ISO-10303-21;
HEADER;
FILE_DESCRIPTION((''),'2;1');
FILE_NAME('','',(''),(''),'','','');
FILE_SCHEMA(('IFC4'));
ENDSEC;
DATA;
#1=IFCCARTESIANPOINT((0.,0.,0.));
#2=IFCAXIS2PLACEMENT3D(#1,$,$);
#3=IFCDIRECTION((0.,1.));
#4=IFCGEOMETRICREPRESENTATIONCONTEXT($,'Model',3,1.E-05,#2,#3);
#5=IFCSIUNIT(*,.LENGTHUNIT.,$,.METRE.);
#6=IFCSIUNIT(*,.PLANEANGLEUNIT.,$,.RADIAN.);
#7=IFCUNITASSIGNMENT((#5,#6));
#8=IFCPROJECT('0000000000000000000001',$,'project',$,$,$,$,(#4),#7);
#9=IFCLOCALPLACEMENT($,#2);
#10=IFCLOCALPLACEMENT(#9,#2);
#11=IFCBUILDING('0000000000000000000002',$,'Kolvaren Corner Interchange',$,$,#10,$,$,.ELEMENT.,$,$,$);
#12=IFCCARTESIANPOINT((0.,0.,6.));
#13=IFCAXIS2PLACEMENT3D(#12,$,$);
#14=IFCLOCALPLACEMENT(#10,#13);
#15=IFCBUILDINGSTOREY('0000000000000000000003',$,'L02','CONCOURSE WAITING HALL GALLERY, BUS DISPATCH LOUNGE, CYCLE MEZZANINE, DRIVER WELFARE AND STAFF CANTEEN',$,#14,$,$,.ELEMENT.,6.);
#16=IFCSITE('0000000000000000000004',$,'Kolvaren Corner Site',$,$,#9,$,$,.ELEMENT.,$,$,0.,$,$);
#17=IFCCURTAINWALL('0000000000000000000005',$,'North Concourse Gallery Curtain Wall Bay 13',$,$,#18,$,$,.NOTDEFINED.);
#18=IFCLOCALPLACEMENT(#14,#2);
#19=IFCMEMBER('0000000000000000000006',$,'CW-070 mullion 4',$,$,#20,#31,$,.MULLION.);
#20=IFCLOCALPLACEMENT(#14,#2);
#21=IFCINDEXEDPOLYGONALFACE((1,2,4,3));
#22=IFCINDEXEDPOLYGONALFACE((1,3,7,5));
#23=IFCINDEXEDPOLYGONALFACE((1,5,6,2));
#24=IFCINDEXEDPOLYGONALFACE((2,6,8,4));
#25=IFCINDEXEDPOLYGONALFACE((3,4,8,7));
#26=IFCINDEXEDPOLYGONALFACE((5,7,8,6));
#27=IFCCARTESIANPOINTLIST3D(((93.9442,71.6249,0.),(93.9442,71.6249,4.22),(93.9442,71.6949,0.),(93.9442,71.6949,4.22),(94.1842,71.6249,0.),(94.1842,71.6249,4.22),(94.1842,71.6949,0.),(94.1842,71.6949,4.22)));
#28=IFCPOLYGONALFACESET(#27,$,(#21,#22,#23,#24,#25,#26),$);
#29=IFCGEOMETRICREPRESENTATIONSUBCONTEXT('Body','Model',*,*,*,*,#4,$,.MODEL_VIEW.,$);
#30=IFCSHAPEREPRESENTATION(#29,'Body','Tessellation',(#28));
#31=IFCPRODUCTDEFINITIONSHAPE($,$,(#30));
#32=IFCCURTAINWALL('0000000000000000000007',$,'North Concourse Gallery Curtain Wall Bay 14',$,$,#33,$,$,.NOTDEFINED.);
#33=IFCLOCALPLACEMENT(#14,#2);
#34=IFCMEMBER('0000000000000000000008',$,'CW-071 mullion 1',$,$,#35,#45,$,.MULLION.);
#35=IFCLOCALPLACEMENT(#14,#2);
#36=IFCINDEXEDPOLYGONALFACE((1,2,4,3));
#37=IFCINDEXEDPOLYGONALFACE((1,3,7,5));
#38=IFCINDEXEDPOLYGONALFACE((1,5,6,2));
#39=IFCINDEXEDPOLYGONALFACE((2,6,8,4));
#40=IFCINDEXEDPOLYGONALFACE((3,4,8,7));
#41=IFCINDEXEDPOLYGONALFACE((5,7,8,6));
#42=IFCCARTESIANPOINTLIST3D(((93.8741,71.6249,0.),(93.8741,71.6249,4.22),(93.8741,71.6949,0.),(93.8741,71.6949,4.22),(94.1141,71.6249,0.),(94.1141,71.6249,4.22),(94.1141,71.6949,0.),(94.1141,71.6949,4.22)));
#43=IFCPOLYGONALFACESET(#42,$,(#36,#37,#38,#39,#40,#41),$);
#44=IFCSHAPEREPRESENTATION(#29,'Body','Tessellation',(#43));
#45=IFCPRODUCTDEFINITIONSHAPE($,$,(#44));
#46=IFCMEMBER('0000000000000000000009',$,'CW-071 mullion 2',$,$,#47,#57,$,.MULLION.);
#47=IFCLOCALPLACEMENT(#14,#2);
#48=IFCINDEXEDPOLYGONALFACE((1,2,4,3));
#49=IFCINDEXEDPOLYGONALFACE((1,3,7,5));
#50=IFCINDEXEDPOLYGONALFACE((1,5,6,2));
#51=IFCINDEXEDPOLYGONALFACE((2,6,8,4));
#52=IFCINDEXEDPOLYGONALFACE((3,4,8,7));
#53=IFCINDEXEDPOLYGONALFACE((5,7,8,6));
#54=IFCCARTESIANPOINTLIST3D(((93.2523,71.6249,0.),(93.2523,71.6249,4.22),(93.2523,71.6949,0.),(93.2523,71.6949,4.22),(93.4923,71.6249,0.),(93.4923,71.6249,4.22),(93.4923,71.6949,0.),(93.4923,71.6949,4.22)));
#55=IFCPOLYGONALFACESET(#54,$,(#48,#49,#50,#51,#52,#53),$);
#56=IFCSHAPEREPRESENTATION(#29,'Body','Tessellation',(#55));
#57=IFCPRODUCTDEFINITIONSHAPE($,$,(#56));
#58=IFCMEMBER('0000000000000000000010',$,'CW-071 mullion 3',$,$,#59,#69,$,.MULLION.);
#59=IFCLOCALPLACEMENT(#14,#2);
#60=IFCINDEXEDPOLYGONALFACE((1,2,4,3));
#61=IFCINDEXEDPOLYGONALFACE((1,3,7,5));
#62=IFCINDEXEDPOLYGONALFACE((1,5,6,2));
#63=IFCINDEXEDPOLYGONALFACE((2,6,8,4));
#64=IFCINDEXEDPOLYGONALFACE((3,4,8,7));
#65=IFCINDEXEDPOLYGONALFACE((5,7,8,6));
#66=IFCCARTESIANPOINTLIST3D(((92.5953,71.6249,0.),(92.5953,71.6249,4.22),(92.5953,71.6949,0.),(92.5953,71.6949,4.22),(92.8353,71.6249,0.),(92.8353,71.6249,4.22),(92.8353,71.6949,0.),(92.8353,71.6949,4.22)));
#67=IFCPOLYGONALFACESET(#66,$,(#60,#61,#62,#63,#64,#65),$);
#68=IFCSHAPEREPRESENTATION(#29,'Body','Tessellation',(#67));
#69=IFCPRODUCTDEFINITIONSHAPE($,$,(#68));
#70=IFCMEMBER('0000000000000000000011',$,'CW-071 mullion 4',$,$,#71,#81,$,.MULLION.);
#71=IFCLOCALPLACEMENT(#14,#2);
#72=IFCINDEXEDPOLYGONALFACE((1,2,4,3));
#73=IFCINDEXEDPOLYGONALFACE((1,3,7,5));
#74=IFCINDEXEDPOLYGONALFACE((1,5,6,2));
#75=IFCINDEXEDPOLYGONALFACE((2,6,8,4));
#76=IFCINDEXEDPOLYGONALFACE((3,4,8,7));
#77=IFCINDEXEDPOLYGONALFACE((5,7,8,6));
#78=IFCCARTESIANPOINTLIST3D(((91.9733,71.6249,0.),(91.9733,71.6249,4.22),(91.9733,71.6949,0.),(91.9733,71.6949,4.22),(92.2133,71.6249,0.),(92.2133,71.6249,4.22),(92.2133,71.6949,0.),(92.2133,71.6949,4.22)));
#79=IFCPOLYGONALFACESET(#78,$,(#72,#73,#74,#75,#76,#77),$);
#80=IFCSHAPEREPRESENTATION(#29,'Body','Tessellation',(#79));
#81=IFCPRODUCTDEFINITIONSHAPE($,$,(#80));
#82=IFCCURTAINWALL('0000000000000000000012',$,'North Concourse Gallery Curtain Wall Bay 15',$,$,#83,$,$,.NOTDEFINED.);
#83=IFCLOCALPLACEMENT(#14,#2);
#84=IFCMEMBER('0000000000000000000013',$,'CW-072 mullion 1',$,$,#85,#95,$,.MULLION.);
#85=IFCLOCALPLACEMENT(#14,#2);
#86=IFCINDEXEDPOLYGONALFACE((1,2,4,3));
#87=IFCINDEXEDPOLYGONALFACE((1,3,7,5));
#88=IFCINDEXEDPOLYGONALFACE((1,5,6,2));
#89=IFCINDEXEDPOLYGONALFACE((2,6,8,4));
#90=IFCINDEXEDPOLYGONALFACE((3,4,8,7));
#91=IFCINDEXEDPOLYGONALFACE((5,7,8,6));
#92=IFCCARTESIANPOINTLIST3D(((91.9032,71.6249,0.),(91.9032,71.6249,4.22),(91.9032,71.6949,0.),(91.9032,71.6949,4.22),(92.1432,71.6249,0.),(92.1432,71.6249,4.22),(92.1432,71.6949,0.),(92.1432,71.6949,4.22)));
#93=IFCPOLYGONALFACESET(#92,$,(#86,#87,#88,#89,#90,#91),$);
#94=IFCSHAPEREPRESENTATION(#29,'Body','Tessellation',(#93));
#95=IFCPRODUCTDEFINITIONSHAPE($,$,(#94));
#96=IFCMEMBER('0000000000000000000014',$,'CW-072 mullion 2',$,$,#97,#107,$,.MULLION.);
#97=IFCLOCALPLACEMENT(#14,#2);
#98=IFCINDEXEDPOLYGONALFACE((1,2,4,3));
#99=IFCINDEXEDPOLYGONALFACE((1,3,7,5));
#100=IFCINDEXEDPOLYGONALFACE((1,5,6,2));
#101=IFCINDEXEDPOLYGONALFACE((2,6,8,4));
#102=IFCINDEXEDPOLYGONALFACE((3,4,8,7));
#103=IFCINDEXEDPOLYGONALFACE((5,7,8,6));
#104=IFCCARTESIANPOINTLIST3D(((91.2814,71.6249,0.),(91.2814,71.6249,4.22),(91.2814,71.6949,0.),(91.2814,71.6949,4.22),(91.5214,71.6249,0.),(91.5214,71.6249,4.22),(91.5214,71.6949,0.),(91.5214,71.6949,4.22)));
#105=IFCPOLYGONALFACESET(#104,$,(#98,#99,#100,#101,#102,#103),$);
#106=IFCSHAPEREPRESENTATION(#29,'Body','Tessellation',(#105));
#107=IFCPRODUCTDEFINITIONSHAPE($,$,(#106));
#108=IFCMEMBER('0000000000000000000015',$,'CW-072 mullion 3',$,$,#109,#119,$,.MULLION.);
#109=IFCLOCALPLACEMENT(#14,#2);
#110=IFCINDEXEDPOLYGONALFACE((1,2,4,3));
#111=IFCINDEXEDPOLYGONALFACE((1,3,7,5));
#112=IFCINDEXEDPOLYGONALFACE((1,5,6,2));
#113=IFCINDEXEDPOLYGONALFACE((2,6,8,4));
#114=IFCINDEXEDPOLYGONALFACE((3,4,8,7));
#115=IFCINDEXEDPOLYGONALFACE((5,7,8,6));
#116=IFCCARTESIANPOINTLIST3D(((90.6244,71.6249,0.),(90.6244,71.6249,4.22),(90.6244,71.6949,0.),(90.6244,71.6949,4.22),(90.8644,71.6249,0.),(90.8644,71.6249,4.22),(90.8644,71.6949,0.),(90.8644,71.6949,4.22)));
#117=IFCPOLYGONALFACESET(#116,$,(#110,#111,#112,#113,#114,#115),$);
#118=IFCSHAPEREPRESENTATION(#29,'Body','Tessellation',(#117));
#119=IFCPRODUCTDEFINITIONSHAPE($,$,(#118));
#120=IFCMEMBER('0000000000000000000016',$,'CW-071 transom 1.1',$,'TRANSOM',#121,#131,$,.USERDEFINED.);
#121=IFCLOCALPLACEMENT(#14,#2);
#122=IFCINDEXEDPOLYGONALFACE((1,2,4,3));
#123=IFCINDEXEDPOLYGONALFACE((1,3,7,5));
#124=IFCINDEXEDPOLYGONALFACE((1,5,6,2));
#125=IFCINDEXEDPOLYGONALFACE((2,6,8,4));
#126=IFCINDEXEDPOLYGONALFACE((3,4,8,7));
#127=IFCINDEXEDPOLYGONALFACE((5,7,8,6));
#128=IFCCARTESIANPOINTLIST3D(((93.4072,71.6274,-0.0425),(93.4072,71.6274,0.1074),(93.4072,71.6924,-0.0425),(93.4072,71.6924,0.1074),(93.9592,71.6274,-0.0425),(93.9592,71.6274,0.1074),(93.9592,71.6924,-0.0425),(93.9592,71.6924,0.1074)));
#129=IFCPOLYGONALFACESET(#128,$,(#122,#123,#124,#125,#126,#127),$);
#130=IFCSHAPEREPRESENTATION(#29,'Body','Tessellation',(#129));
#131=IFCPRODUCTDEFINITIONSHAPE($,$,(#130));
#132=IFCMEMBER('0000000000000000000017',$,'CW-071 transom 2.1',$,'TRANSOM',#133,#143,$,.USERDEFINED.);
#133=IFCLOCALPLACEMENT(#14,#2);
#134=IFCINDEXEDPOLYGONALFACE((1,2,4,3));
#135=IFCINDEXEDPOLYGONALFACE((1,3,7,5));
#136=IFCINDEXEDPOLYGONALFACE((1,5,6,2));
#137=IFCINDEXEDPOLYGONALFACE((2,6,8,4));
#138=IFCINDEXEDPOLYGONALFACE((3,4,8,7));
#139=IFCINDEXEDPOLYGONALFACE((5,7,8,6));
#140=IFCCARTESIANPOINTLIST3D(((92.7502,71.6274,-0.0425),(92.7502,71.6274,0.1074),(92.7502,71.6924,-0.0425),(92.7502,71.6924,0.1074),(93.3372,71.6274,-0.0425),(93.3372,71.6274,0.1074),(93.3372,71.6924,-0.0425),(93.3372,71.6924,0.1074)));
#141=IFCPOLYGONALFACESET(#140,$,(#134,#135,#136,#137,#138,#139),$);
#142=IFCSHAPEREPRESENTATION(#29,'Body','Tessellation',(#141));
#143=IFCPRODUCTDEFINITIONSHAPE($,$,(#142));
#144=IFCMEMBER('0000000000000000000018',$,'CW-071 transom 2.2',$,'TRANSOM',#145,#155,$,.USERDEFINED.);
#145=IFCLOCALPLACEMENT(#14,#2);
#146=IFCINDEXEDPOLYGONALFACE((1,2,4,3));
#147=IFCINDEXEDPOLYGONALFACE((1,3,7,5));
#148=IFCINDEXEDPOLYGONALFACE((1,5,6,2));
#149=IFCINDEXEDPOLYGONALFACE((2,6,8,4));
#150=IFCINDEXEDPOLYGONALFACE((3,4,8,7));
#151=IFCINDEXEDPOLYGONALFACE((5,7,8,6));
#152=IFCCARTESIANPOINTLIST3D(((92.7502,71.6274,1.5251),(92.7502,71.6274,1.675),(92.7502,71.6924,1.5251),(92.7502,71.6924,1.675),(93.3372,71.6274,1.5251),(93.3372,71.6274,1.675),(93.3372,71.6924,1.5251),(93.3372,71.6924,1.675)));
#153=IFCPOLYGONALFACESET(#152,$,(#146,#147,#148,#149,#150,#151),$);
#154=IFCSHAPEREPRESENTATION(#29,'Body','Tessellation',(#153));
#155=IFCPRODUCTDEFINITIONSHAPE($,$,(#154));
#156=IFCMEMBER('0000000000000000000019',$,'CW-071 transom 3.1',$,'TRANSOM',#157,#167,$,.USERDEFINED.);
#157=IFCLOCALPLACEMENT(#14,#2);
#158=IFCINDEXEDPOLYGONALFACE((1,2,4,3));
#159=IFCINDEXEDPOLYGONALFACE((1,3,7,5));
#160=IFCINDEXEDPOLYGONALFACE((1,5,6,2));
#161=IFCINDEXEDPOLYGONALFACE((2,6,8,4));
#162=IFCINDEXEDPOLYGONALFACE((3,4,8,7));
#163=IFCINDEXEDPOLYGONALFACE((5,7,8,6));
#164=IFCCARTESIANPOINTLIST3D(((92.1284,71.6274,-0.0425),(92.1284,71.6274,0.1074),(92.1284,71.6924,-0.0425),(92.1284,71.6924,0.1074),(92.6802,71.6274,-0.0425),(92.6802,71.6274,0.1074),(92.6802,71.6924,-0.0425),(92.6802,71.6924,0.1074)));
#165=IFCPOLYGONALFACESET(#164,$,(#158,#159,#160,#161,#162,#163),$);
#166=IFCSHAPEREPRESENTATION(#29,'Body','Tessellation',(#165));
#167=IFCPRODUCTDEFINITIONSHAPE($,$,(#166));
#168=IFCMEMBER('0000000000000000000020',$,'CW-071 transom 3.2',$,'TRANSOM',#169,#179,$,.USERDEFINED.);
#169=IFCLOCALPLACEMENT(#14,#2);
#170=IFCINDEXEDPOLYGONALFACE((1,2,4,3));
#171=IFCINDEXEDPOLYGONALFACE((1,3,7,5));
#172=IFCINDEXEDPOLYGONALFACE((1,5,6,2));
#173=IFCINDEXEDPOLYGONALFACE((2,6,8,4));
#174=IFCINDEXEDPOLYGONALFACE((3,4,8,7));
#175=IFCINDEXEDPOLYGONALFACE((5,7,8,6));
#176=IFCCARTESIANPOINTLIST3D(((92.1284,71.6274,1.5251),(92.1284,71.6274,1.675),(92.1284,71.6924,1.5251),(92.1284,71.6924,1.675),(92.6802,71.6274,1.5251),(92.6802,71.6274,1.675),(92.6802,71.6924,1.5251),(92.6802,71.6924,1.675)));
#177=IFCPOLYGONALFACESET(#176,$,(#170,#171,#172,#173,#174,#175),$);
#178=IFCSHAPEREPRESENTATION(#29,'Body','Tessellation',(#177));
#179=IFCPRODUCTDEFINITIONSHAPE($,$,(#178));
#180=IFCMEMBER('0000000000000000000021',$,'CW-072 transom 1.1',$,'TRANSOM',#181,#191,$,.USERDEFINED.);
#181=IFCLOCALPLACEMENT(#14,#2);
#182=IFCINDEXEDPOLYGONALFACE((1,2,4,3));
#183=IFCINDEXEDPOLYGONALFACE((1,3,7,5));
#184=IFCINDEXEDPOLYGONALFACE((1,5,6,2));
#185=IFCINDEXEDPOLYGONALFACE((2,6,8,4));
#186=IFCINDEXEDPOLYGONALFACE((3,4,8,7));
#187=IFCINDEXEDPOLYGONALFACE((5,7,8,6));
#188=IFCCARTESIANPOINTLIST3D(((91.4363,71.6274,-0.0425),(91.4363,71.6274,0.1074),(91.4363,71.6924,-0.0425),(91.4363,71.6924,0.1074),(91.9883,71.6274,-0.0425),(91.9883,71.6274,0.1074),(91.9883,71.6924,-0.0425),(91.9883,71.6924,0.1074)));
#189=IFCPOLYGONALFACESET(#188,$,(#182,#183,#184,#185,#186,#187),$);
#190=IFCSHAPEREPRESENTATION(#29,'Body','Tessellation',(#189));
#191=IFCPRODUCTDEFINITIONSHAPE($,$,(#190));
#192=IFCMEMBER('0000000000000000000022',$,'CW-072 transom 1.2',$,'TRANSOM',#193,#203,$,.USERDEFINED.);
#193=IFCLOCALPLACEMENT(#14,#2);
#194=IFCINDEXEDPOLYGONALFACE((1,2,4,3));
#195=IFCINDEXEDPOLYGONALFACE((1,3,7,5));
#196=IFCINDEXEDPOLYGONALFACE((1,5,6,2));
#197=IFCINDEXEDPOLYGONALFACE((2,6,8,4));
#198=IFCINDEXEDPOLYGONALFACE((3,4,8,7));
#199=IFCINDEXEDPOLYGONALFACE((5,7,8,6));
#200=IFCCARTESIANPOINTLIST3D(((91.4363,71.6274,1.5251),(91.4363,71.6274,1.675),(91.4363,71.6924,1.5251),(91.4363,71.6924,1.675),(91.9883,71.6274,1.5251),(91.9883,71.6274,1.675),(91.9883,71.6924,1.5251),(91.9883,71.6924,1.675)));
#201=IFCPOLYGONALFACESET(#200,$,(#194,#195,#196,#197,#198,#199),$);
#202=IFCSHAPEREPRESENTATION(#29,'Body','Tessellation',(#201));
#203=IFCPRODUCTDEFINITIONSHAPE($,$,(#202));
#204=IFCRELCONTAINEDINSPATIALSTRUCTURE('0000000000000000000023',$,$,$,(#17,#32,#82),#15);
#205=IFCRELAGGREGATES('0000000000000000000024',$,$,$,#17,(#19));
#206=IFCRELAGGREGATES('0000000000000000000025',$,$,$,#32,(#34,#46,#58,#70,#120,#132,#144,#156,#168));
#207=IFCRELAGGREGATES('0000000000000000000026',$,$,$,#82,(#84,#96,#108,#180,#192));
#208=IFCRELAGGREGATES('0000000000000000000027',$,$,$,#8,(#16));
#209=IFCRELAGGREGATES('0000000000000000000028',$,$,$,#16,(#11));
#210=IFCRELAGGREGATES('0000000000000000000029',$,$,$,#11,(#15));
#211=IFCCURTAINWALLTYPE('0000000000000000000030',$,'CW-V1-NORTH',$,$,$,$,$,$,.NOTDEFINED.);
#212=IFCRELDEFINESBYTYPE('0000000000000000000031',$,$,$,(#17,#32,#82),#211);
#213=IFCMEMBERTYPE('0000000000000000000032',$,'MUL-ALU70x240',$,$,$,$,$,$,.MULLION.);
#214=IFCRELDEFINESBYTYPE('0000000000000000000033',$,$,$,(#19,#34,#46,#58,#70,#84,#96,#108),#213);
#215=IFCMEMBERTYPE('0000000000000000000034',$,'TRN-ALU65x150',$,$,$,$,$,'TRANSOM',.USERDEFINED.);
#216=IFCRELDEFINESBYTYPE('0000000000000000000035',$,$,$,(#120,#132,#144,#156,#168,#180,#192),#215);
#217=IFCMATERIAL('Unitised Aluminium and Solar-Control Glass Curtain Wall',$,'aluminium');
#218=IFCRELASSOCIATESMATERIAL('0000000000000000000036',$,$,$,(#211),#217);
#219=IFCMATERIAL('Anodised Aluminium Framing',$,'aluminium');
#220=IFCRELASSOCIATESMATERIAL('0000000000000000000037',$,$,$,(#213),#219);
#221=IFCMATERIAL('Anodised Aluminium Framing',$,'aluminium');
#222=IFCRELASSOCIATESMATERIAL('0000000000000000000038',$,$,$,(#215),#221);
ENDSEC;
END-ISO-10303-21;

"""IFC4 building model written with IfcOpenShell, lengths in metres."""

from ifc_helpers import new_model, si_unit, direction, frame, origin, origin_2d, place, context, subcontext, project, spatial, rectangle, extrude, material, material_profile, profile_set, type_object, element, aggregate, save


model = new_model("IFC4")

# Units and contexts
model_context = context("Model", 3, precision=1e-05, world=origin(), true_north=direction((0.0, 1.0)))
body_context = subcontext(model_context, "Body", "Model", "MODEL_VIEW")
ifc_project = project(units=[si_unit("LENGTHUNIT", "METRE"), si_unit("PLANEANGLEUNIT", "RADIAN")], contexts=[model_context])

# Site, building, storey
site_placement = place(None, origin())
site = spatial("IfcSite", under=ifc_project, at=site_placement, Name="Kolvaren Corner Site", CompositionType="ELEMENT", RefElevation=0.0)
building_placement = place(site_placement, origin())
building = spatial("IfcBuilding", under=site, at=building_placement, Name="Kolvaren Corner Interchange", CompositionType="ELEMENT")
storey_placement = place(building_placement, frame((0.0, 0.0, 6.0)))
storey = spatial("IfcBuildingStorey", under=building, at=storey_placement, Name="L02", Description="CONCOURSE WAITING HALL GALLERY, BUS DISPATCH LOUNGE, CYCLE MEZZANINE, DRIVER WELFARE AND STAFF CANTEEN", CompositionType="ELEMENT", Elevation=6.0)

# Curtain wall, member
ifc_material_1 = material(Name="Unitised Aluminium and Solar-Control Glass Curtain Wall", Category="aluminium")
curtain_wall_type = type_object("IfcCurtainWallType", Name="CW-V1-NORTH", PredefinedType="NOTDEFINED", material=ifc_material_1)
curtain_wall_1_placement = place(storey_placement, origin())
curtain_wall_1 = element("IfcCurtainWall", 1, at=curtain_wall_1_placement, inside=storey, type_object=curtain_wall_type, Name="North Concourse Gallery Curtain Wall Bay 13", PredefinedType="NOTDEFINED")
ifc_material_2 = material(Name="Anodised Aluminium Framing", Category="aluminium")
ifc_material_profile_1 = material_profile(ifc_material_2, rectangle(XDim=0.0701, YDim=0.24, at=origin_2d()), Name="ALU 70x240")
ifc_profile_set_1 = profile_set([ifc_material_profile_1], Name="Anodised Aluminium Framing")
member_type_1 = type_object("IfcMemberType", Name="MUL-ALU70x240", PredefinedType="MULLION", material=ifc_profile_set_1)
member_1_placement = place(storey_placement, frame((94.0642, 71.6599, 0.0), z_axis=(0.0, 0.0, 1.0), x_axis=(0.0, -1.0, 0.0)))
member_1 = element("IfcMember", 2, at=member_1_placement, type_object=member_type_1, Name="CW-070 mullion 4", PredefinedType="MULLION", context=body_context, shape_type="SweptSolid", body=[
    extrude(rectangle(XDim=0.0701, YDim=0.24, at=origin_2d()), origin(), (0.0, 0.0, 1.0), 4.22),
])

# Curtain walls, members
curtain_wall_2_placement = place(storey_placement, origin())
curtain_wall_2 = element("IfcCurtainWall", 3, at=curtain_wall_2_placement, inside=storey, type_object=curtain_wall_type, Name="North Concourse Gallery Curtain Wall Bay 14", PredefinedType="NOTDEFINED")
member_2_placement = place(storey_placement, frame((93.9941, 71.6599, 0.0), z_axis=(0.0, 0.0, 1.0), x_axis=(0.0, -1.0, 0.0)))
member_2 = element("IfcMember", 4, at=member_2_placement, type_object=member_type_1, Name="CW-071 mullion 1", PredefinedType="MULLION", context=body_context, shape_type="SweptSolid", body=[
    extrude(rectangle(XDim=0.0701, YDim=0.24, at=origin_2d()), origin(), (0.0, 0.0, 1.0), 4.22),
])
member_3_placement = place(storey_placement, frame((93.3723, 71.6599, 0.0), z_axis=(0.0, 0.0, 1.0), x_axis=(0.0, -1.0, 0.0)))
member_3 = element("IfcMember", 5, at=member_3_placement, type_object=member_type_1, Name="CW-071 mullion 2", PredefinedType="MULLION", context=body_context, shape_type="SweptSolid", body=[
    extrude(rectangle(XDim=0.0701, YDim=0.24, at=origin_2d()), origin(), (0.0, 0.0, 1.0), 4.22),
])
member_4_placement = place(storey_placement, frame((92.7153, 71.6599, 0.0), z_axis=(0.0, 0.0, 1.0), x_axis=(0.0, -1.0, 0.0)))
member_4 = element("IfcMember", 6, at=member_4_placement, type_object=member_type_1, Name="CW-071 mullion 3", PredefinedType="MULLION", context=body_context, shape_type="SweptSolid", body=[
    extrude(rectangle(XDim=0.0701, YDim=0.24, at=origin_2d()), origin(), (0.0, 0.0, 1.0), 4.22),
])
member_5_placement = place(storey_placement, frame((92.0933, 71.6599, 0.0), z_axis=(0.0, 0.0, 1.0), x_axis=(0.0, -1.0, 0.0)))
member_5 = element("IfcMember", 7, at=member_5_placement, type_object=member_type_1, Name="CW-071 mullion 4", PredefinedType="MULLION", context=body_context, shape_type="SweptSolid", body=[
    extrude(rectangle(XDim=0.0701, YDim=0.24, at=origin_2d()), origin(), (0.0, 0.0, 1.0), 4.22),
])
curtain_wall_3_placement = place(storey_placement, origin())
curtain_wall_3 = element("IfcCurtainWall", 8, at=curtain_wall_3_placement, inside=storey, type_object=curtain_wall_type, Name="North Concourse Gallery Curtain Wall Bay 15", PredefinedType="NOTDEFINED")
member_6_placement = place(storey_placement, frame((92.0232, 71.6599, 0.0), z_axis=(0.0, 0.0, 1.0), x_axis=(0.0, -1.0, 0.0)))
member_6 = element("IfcMember", 9, at=member_6_placement, type_object=member_type_1, Name="CW-072 mullion 1", PredefinedType="MULLION", context=body_context, shape_type="SweptSolid", body=[
    extrude(rectangle(XDim=0.0701, YDim=0.24, at=origin_2d()), origin(), (0.0, 0.0, 1.0), 4.22),
])
member_7_placement = place(storey_placement, frame((91.4014, 71.6599, 0.0), z_axis=(0.0, 0.0, 1.0), x_axis=(0.0, -1.0, 0.0)))
member_7 = element("IfcMember", 10, at=member_7_placement, type_object=member_type_1, Name="CW-072 mullion 2", PredefinedType="MULLION", context=body_context, shape_type="SweptSolid", body=[
    extrude(rectangle(XDim=0.0701, YDim=0.24, at=origin_2d()), origin(), (0.0, 0.0, 1.0), 4.22),
])
member_8_placement = place(storey_placement, frame((90.7444, 71.6599, 0.0), z_axis=(0.0, 0.0, 1.0), x_axis=(0.0, -1.0, 0.0)))
member_8 = element("IfcMember", 11, at=member_8_placement, type_object=member_type_1, Name="CW-072 mullion 3", PredefinedType="MULLION", context=body_context, shape_type="SweptSolid", body=[
    extrude(rectangle(XDim=0.0701, YDim=0.24, at=origin_2d()), origin(), (0.0, 0.0, 1.0), 4.22),
])

# Members
ifc_material_3 = material(Name="Anodised Aluminium Framing", Category="aluminium")
ifc_material_profile_2 = material_profile(ifc_material_3, rectangle(XDim=0.0649, YDim=0.1499, at=origin_2d()), Name="ALU 65x150")
ifc_profile_set_2 = profile_set([ifc_material_profile_2], Name="Anodised Aluminium Framing")
member_type_2 = type_object("IfcMemberType", Name="TRN-ALU65x150", ElementType="TRANSOM", PredefinedType="USERDEFINED", material=ifc_profile_set_2)
member_9_placement = place(storey_placement, frame((93.9592, 71.6599, 0.0325), z_axis=(-1.0, 0.0, 0.0), x_axis=(0.0, -1.0, 0.0)))
member_9 = element("IfcMember", 12, at=member_9_placement, type_object=member_type_2, Name="CW-071 transom 1.1", ObjectType="TRANSOM", PredefinedType="USERDEFINED", context=body_context, shape_type="SweptSolid", body=[
    extrude(rectangle(XDim=0.0649, YDim=0.1499, at=origin_2d()), origin(), (0.0, 0.0, 1.0), 0.552),
])
member_10_placement = place(storey_placement, frame((93.3372, 71.6599, 0.0325), z_axis=(-1.0, 0.0, 0.0), x_axis=(0.0, -1.0, 0.0)))
member_10 = element("IfcMember", 13, at=member_10_placement, type_object=member_type_2, Name="CW-071 transom 2.1", ObjectType="TRANSOM", PredefinedType="USERDEFINED", context=body_context, shape_type="SweptSolid", body=[
    extrude(rectangle(XDim=0.0649, YDim=0.1499, at=origin_2d()), origin(), (0.0, 0.0, 1.0), 0.5869),
])
member_11_placement = place(storey_placement, frame((93.3372, 71.6599, 1.6001), z_axis=(-1.0, 0.0, 0.0), x_axis=(0.0, -1.0, 0.0)))
member_11 = element("IfcMember", 14, at=member_11_placement, type_object=member_type_2, Name="CW-071 transom 2.2", ObjectType="TRANSOM", PredefinedType="USERDEFINED", context=body_context, shape_type="SweptSolid", body=[
    extrude(rectangle(XDim=0.0649, YDim=0.1499, at=origin_2d()), origin(), (0.0, 0.0, 1.0), 0.5869),
])
member_12_placement = place(storey_placement, frame((92.6802, 71.6599, 0.0325), z_axis=(-1.0, 0.0, 0.0), x_axis=(0.0, -1.0, 0.0)))
member_12 = element("IfcMember", 15, at=member_12_placement, type_object=member_type_2, Name="CW-071 transom 3.1", ObjectType="TRANSOM", PredefinedType="USERDEFINED", context=body_context, shape_type="SweptSolid", body=[
    extrude(rectangle(XDim=0.0649, YDim=0.1499, at=origin_2d()), origin(), (0.0, 0.0, 1.0), 0.5518),
])
member_13_placement = place(storey_placement, frame((92.6802, 71.6599, 1.6001), z_axis=(-1.0, 0.0, 0.0), x_axis=(0.0, -1.0, 0.0)))
member_13 = element("IfcMember", 16, at=member_13_placement, type_object=member_type_2, Name="CW-071 transom 3.2", ObjectType="TRANSOM", PredefinedType="USERDEFINED", context=body_context, shape_type="SweptSolid", body=[
    extrude(rectangle(XDim=0.0649, YDim=0.1499, at=origin_2d()), origin(), (0.0, 0.0, 1.0), 0.5518),
])
member_14_placement = place(storey_placement, frame((91.9883, 71.6599, 0.0325), z_axis=(-1.0, 0.0, 0.0), x_axis=(0.0, -1.0, 0.0)))
member_14 = element("IfcMember", 17, at=member_14_placement, type_object=member_type_2, Name="CW-072 transom 1.1", ObjectType="TRANSOM", PredefinedType="USERDEFINED", context=body_context, shape_type="SweptSolid", body=[
    extrude(rectangle(XDim=0.0649, YDim=0.1499, at=origin_2d()), origin(), (0.0, 0.0, 1.0), 0.552),
])
member_15_placement = place(storey_placement, frame((91.9883, 71.6599, 1.6001), z_axis=(-1.0, 0.0, 0.0), x_axis=(0.0, -1.0, 0.0)))
member_15 = element("IfcMember", 18, at=member_15_placement, type_object=member_type_2, Name="CW-072 transom 1.2", ObjectType="TRANSOM", PredefinedType="USERDEFINED", context=body_context, shape_type="SweptSolid", body=[
    extrude(rectangle(XDim=0.0649, YDim=0.1499, at=origin_2d()), origin(), (0.0, 0.0, 1.0), 0.552),
])

aggregate(curtain_wall_1, [member_1])
aggregate(curtain_wall_2, [member_2, member_3, member_4, member_5, member_9, member_10, member_11, member_12, member_13])
aggregate(curtain_wall_3, [member_6, member_7, member_8, member_14, member_15])

save(model, "model.ifc")
